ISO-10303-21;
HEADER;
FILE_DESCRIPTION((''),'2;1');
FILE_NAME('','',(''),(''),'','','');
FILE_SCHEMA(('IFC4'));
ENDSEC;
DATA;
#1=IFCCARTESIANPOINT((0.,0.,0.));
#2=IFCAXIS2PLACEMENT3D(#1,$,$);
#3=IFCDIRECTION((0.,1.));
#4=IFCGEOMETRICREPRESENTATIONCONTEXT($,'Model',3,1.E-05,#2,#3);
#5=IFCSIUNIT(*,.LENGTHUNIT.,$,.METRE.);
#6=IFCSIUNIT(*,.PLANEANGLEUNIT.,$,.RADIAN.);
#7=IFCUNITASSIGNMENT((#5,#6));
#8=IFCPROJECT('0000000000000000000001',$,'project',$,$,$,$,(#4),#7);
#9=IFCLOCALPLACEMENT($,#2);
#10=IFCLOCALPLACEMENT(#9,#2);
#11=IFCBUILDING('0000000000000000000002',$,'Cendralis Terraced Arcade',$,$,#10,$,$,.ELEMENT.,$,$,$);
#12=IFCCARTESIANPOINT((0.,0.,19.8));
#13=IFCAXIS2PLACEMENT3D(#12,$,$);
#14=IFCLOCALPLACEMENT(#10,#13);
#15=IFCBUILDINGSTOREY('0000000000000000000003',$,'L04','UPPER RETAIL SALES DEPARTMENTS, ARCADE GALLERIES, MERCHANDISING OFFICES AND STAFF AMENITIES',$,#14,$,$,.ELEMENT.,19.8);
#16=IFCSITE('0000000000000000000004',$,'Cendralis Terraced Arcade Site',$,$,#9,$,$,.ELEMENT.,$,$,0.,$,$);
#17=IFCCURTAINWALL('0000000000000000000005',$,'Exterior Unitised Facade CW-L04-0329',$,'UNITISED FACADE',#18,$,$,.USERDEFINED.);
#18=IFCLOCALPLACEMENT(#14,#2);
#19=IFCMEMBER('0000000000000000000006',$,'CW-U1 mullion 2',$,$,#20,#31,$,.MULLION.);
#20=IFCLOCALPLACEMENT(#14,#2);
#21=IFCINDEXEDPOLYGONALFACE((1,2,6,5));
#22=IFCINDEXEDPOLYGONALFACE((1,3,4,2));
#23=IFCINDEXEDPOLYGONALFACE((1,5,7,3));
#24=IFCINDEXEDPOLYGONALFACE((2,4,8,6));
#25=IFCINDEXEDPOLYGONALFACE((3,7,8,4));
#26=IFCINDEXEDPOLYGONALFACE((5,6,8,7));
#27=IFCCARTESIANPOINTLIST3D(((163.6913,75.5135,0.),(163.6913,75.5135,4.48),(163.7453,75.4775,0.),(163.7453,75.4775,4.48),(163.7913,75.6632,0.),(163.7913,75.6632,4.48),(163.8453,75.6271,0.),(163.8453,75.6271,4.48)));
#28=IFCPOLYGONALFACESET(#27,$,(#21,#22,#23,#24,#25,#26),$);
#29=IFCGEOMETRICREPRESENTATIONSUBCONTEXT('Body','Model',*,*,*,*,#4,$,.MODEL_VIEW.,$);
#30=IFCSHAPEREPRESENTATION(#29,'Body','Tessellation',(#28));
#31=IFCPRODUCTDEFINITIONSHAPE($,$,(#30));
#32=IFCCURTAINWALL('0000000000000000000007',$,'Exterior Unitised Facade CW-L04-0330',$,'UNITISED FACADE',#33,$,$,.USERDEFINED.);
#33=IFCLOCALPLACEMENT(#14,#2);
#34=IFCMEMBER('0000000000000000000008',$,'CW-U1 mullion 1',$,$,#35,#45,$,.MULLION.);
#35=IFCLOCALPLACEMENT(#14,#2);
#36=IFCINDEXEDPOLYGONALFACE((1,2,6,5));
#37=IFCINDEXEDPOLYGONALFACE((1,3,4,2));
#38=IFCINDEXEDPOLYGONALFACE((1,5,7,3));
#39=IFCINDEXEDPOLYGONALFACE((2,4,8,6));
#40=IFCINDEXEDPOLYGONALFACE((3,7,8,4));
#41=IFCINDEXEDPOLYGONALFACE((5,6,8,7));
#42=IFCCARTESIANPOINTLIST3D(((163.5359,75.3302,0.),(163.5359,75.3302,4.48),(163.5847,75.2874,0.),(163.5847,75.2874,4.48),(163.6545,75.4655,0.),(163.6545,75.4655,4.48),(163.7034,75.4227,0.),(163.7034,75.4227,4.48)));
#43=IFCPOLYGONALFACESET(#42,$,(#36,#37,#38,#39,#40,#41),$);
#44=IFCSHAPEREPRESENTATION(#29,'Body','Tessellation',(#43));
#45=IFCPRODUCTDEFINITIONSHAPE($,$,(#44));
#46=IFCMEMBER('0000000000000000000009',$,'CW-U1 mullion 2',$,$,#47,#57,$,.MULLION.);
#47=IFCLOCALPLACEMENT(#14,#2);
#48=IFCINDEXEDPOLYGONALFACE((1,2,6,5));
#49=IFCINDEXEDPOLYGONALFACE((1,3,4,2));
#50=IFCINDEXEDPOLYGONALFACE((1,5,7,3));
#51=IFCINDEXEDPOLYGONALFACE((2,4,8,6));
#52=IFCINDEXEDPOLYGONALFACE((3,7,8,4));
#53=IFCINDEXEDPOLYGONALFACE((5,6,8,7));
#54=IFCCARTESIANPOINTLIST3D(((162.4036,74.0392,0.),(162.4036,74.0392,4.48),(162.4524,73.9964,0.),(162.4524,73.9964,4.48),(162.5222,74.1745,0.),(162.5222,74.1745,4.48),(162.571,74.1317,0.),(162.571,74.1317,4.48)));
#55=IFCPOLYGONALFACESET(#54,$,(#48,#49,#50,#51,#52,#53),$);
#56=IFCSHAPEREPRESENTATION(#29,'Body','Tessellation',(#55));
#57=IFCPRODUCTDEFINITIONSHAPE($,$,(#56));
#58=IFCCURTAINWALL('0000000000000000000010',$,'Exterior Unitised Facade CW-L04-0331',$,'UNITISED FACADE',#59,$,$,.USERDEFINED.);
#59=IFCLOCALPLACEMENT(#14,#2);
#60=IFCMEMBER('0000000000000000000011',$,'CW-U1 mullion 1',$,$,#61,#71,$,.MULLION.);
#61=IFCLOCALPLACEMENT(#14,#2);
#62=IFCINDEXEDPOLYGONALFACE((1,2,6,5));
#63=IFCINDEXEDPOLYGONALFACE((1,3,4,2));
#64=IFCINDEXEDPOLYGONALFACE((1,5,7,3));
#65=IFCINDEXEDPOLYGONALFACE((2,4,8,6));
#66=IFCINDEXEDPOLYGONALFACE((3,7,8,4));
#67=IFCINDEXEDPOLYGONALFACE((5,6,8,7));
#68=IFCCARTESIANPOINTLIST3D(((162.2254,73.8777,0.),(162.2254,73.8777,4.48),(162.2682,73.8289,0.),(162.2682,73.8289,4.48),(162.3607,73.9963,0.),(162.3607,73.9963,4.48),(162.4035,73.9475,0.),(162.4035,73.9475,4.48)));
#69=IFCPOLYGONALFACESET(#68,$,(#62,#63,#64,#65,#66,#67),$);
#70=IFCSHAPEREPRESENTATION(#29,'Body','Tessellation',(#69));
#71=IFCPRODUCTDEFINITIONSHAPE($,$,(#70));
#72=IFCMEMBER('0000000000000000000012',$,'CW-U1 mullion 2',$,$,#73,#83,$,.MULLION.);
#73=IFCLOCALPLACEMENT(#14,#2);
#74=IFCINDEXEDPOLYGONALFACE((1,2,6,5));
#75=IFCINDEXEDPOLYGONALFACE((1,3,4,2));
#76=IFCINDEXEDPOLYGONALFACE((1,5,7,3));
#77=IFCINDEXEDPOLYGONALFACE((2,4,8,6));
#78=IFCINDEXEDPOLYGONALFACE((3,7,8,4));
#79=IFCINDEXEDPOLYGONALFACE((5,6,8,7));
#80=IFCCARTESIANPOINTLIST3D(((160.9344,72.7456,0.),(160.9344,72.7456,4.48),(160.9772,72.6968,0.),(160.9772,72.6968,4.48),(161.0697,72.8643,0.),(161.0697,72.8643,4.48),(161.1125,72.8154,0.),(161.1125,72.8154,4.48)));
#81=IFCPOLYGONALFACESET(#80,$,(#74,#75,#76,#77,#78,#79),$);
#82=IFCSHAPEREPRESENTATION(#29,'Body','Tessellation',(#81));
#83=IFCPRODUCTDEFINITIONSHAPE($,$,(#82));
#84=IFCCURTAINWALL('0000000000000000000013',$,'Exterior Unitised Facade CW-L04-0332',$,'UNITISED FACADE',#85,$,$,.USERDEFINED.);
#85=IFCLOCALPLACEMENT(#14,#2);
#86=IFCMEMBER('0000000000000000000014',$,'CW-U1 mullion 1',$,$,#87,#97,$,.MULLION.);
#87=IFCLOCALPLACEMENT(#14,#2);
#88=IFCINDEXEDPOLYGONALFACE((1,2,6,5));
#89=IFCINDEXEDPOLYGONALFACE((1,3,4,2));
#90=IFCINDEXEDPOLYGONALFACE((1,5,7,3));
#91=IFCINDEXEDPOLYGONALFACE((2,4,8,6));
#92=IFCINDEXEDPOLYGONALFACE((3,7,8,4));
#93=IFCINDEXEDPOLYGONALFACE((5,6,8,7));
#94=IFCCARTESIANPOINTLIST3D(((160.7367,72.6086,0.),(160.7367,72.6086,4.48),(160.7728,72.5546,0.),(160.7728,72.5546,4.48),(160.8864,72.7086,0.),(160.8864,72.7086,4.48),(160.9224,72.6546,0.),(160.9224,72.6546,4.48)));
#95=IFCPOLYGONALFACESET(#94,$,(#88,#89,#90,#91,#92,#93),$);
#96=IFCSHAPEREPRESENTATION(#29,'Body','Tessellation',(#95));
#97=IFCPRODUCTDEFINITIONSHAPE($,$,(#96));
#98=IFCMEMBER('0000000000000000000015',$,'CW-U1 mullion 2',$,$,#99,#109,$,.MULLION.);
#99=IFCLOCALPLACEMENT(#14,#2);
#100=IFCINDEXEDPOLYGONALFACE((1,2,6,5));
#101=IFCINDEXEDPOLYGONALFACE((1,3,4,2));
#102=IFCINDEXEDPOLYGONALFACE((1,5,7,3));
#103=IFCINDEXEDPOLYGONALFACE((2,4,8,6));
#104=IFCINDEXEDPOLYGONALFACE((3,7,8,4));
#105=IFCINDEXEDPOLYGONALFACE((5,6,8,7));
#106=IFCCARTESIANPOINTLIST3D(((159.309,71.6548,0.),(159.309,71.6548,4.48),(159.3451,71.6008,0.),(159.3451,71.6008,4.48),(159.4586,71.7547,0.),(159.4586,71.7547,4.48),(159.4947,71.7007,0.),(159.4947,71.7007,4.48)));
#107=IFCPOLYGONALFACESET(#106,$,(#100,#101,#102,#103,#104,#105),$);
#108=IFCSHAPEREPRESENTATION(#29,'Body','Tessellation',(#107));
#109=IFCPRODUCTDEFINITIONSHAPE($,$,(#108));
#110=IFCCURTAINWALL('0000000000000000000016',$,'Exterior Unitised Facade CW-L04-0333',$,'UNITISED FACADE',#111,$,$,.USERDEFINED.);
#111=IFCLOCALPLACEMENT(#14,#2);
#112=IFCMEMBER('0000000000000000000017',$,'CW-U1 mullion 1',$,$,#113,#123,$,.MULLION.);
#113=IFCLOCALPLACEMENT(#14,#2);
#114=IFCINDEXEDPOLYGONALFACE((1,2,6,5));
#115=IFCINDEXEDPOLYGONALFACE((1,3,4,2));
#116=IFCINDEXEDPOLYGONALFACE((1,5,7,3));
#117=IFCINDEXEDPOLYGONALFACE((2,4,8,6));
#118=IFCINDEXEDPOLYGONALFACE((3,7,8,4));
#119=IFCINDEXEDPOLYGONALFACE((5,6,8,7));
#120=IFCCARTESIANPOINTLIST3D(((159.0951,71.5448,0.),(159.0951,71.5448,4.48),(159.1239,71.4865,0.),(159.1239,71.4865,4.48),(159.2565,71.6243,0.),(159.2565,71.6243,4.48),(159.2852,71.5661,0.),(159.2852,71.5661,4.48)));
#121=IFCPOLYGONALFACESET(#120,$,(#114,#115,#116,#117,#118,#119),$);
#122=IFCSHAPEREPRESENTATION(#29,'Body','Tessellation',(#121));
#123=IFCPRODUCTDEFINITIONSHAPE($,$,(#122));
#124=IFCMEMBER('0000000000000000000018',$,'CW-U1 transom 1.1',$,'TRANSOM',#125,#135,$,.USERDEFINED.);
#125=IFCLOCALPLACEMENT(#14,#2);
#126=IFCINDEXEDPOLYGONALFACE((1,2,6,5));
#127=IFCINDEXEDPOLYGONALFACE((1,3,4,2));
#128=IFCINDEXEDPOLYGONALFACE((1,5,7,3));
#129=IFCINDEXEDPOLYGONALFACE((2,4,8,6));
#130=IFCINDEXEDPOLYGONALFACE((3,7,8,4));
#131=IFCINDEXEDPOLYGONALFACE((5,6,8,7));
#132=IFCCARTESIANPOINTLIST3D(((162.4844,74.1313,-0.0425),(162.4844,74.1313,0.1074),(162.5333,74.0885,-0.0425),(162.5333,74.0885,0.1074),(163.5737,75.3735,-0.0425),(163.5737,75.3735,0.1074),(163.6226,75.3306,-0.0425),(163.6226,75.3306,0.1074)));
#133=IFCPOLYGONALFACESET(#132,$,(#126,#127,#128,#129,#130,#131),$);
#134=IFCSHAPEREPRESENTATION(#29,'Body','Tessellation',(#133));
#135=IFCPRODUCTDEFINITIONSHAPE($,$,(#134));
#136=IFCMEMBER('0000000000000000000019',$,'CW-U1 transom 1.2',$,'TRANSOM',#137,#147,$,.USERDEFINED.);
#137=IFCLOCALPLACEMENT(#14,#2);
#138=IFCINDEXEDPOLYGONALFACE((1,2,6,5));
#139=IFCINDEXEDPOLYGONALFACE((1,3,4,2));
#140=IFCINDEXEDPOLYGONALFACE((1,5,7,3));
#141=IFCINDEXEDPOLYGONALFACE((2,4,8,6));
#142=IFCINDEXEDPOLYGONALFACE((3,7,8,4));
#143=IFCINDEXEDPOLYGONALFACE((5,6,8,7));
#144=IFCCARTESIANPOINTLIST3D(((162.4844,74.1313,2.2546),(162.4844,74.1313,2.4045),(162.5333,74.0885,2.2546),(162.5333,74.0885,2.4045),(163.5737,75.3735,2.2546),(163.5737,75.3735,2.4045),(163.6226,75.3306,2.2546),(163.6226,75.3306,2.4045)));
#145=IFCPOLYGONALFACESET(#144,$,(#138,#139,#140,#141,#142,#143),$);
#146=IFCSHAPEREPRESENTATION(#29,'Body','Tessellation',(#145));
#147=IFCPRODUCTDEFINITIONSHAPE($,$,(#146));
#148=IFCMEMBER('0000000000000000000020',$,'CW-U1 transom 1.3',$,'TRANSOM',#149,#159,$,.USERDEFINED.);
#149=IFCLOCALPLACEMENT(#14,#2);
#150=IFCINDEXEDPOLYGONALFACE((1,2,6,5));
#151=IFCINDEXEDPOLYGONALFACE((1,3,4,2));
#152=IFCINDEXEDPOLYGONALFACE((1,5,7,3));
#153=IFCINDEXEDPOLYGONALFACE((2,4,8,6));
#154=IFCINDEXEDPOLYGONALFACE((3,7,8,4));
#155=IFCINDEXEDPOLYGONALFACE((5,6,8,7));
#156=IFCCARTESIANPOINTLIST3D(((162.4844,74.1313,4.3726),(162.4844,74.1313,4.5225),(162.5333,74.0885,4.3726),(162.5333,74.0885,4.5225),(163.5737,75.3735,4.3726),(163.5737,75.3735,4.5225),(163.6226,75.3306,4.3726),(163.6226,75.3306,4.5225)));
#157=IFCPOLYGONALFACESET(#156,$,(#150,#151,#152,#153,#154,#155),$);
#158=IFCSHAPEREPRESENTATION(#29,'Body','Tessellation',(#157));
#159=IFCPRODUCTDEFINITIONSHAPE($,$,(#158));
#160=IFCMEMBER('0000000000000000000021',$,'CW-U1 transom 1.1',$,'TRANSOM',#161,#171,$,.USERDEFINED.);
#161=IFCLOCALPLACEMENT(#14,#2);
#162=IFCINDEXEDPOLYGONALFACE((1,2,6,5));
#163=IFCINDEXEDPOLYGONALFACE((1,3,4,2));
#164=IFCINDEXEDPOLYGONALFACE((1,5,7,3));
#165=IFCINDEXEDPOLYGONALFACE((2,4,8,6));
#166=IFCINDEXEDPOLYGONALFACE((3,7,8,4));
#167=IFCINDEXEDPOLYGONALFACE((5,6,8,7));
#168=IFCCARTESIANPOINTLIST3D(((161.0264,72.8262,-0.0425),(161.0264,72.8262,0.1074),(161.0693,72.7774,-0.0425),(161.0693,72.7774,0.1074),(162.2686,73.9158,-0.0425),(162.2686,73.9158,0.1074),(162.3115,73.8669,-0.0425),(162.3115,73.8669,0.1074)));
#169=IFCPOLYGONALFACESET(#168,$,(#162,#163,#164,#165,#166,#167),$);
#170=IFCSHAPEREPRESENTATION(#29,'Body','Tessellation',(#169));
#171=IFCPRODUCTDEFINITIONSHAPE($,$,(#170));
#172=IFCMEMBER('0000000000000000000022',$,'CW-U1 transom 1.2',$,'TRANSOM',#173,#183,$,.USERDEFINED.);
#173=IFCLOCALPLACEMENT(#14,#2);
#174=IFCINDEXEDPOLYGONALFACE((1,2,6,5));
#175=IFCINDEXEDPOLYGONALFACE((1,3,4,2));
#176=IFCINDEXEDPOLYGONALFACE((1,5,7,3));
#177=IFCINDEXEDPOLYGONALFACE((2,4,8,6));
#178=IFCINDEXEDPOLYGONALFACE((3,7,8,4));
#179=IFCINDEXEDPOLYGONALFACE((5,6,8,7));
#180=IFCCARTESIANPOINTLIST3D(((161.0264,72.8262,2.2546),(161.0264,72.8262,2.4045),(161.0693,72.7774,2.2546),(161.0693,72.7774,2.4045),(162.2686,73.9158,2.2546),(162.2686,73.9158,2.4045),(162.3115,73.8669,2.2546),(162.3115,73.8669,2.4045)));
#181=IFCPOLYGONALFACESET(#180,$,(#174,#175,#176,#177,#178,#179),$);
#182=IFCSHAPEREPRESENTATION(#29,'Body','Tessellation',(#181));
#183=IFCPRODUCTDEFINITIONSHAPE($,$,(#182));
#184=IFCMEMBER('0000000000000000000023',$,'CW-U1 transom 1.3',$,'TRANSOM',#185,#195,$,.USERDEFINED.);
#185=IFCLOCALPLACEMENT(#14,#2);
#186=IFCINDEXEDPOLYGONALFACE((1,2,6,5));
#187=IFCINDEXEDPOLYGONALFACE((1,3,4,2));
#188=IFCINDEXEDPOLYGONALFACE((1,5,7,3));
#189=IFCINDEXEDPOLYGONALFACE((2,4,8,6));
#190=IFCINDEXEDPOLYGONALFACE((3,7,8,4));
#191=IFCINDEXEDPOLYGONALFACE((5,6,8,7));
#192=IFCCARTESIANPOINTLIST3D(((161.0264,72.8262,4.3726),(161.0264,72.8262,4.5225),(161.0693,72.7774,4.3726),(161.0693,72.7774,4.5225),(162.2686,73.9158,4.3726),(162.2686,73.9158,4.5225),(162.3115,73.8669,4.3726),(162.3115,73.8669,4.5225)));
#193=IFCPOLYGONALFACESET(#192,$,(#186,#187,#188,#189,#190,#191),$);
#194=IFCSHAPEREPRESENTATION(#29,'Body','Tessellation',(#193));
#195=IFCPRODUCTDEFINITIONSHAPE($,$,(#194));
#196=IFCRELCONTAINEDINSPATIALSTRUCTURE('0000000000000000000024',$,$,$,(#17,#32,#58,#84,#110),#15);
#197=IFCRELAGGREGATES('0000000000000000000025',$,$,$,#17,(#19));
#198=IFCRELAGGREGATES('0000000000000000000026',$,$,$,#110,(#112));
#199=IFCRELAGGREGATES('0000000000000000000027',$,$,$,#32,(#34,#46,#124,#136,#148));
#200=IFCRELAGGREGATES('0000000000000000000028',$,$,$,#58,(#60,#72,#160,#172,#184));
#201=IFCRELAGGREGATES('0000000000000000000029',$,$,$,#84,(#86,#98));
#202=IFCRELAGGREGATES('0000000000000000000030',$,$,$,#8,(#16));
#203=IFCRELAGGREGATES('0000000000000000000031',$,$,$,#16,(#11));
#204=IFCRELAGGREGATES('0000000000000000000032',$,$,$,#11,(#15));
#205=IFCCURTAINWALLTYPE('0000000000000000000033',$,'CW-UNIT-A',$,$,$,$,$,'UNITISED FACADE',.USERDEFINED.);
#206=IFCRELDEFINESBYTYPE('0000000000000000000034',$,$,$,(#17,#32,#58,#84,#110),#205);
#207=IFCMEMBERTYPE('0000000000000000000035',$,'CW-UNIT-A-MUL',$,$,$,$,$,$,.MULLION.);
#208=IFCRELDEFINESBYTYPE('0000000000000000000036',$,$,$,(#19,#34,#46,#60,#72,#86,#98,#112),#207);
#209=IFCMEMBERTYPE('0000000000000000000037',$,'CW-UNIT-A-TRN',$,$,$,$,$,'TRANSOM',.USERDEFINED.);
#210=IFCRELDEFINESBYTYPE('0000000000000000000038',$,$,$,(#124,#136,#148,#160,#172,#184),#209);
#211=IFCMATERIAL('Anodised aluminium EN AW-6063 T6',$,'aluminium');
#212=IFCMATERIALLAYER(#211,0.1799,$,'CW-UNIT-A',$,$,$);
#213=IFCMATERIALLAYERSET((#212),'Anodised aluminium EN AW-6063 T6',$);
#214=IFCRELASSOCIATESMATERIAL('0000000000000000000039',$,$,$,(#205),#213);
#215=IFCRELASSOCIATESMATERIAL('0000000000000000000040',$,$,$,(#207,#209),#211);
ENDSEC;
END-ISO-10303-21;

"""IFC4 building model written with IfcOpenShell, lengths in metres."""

from ifc_helpers import new_model, si_unit, direction, frame, origin, origin_2d, place, context, subcontext, project, spatial, rectangle, extrude, material, layer, layer_set, material_profile, profile_set, type_object, element, aggregate, save


model = new_model("IFC4")

# Units and contexts
model_context = context("Model", 3, precision=1e-05, world=origin(), true_north=direction((0.0, 1.0)))
body_context = subcontext(model_context, "Body", "Model", "MODEL_VIEW")
ifc_project = project(units=[si_unit("LENGTHUNIT", "METRE"), si_unit("PLANEANGLEUNIT", "RADIAN")], contexts=[model_context])

# Site, building, storey
site_placement = place(None, origin())
site = spatial("IfcSite", under=ifc_project, at=site_placement, Name="Cendralis Terraced Arcade Site", CompositionType="ELEMENT", RefElevation=0.0)
building_placement = place(site_placement, origin())
building = spatial("IfcBuilding", under=site, at=building_placement, Name="Cendralis Terraced Arcade", CompositionType="ELEMENT")
storey_placement = place(building_placement, frame((0.0, 0.0, 19.8)))
storey = spatial("IfcBuildingStorey", under=building, at=storey_placement, Name="L04", Description="UPPER RETAIL SALES DEPARTMENTS, ARCADE GALLERIES, MERCHANDISING OFFICES AND STAFF AMENITIES", CompositionType="ELEMENT", Elevation=19.8)

# Curtain wall, member
ifc_material_1 = material(Name="Anodised aluminium EN AW-6063 T6", Category="aluminium")
ifc_layer_1 = layer(ifc_material_1, 0.1799, Name="CW-UNIT-A")
ifc_layer_set_1 = layer_set([ifc_layer_1], Name="Anodised aluminium EN AW-6063 T6")
curtain_wall_type = type_object("IfcCurtainWallType", Name="CW-UNIT-A", ElementType="UNITISED FACADE", PredefinedType="USERDEFINED", material=ifc_layer_set_1)
curtain_wall_1_placement = place(storey_placement, origin())
curtain_wall_1 = element("IfcCurtainWall", 1, at=curtain_wall_1_placement, inside=storey, type_object=curtain_wall_type, Name="Exterior Unitised Facade CW-L04-0329", ObjectType="UNITISED FACADE", PredefinedType="USERDEFINED")
ifc_material_profile_1 = material_profile(ifc_material_1, rectangle(XDim=0.0649, YDim=0.1799, at=origin_2d()), Name="ALU-MUL-65x180")
ifc_profile_set_1 = profile_set([ifc_material_profile_1], Name="Anodised aluminium EN AW-6063 T6")
member_type_1 = type_object("IfcMemberType", Name="CW-UNIT-A-MUL", PredefinedType="MULLION", material=ifc_profile_set_1)
member_1_placement = place(storey_placement, frame((163.7683, 75.5703, 0.0), z_axis=(0.0, 0.0, 1.0), x_axis=(0.831471, -0.555567, 0.0)))
member_1 = element("IfcMember", 2, at=member_1_placement, type_object=member_type_1, Name="CW-U1 mullion 2", PredefinedType="MULLION", context=body_context, shape_type="SweptSolid", body=[
    extrude(rectangle(XDim=0.0649, YDim=0.1799, at=origin_2d()), origin(), (0.0, 0.0, 1.0), 4.48),
])
aggregate(curtain_wall_1, [member_1])

# Curtain walls, members
curtain_wall_2_placement = place(storey_placement, origin())
curtain_wall_2 = element("IfcCurtainWall", 3, at=curtain_wall_2_placement, inside=storey, type_object=curtain_wall_type, Name="Exterior Unitised Facade CW-L04-0330", ObjectType="UNITISED FACADE", PredefinedType="USERDEFINED")
member_2_placement = place(storey_placement, frame((163.6196, 75.3765, 0.0), z_axis=(0.0, 0.0, 1.0), x_axis=(0.751804, -0.659386, 0.0)))
member_2 = element("IfcMember", 4, at=member_2_placement, type_object=member_type_1, Name="CW-U1 mullion 1", PredefinedType="MULLION", context=body_context, shape_type="SweptSolid", body=[
    extrude(rectangle(XDim=0.0649, YDim=0.1799, at=origin_2d()), origin(), (0.0, 0.0, 1.0), 4.48),
])
member_3_placement = place(storey_placement, frame((162.4873, 74.0854, 0.0), z_axis=(0.0, 0.0, 1.0), x_axis=(0.751804, -0.659386, 0.0)))
member_3 = element("IfcMember", 5, at=member_3_placement, type_object=member_type_1, Name="CW-U1 mullion 2", PredefinedType="MULLION", context=body_context, shape_type="SweptSolid", body=[
    extrude(rectangle(XDim=0.0649, YDim=0.1799, at=origin_2d()), origin(), (0.0, 0.0, 1.0), 4.48),
])
curtain_wall_3_placement = place(storey_placement, origin())
curtain_wall_3 = element("IfcCurtainWall", 6, at=curtain_wall_3_placement, inside=storey, type_object=curtain_wall_type, Name="Exterior Unitised Facade CW-L04-0331", ObjectType="UNITISED FACADE", PredefinedType="USERDEFINED")
member_4_placement = place(storey_placement, frame((162.3145, 73.9126, 0.0), z_axis=(0.0, 0.0, 1.0), x_axis=(0.659386, -0.751804, 0.0)))
member_4 = element("IfcMember", 7, at=member_4_placement, type_object=member_type_1, Name="CW-U1 mullion 1", PredefinedType="MULLION", context=body_context, shape_type="SweptSolid", body=[
    extrude(rectangle(XDim=0.0649, YDim=0.1799, at=origin_2d()), origin(), (0.0, 0.0, 1.0), 4.48),
])
member_5_placement = place(storey_placement, frame((161.0234, 72.7805, 0.0), z_axis=(0.0, 0.0, 1.0), x_axis=(0.659386, -0.751804, 0.0)))
member_5 = element("IfcMember", 8, at=member_5_placement, type_object=member_type_1, Name="CW-U1 mullion 2", PredefinedType="MULLION", context=body_context, shape_type="SweptSolid", body=[
    extrude(rectangle(XDim=0.0649, YDim=0.1799, at=origin_2d()), origin(), (0.0, 0.0, 1.0), 4.48),
])
curtain_wall_4_placement = place(storey_placement, origin())
curtain_wall_4 = element("IfcCurtainWall", 9, at=curtain_wall_4_placement, inside=storey, type_object=curtain_wall_type, Name="Exterior Unitised Facade CW-L04-0332", ObjectType="UNITISED FACADE", PredefinedType="USERDEFINED")
member_6_placement = place(storey_placement, frame((160.8296, 72.6316, 0.0), z_axis=(0.0, 0.0, 1.0), x_axis=(0.555567, -0.831471, 0.0)))
member_6 = element("IfcMember", 10, at=member_6_placement, type_object=member_type_1, Name="CW-U1 mullion 1", PredefinedType="MULLION", context=body_context, shape_type="SweptSolid", body=[
    extrude(rectangle(XDim=0.0649, YDim=0.1799, at=origin_2d()), origin(), (0.0, 0.0, 1.0), 4.48),
])
member_7_placement = place(storey_placement, frame((159.4019, 71.6777, 0.0), z_axis=(0.0, 0.0, 1.0), x_axis=(0.555567, -0.831471, 0.0)))
member_7 = element("IfcMember", 11, at=member_7_placement, type_object=member_type_1, Name="CW-U1 mullion 2", PredefinedType="MULLION", context=body_context, shape_type="SweptSolid", body=[
    extrude(rectangle(XDim=0.0649, YDim=0.1799, at=origin_2d()), origin(), (0.0, 0.0, 1.0), 4.48),
])

# Curtain wall, member
curtain_wall_5_placement = place(storey_placement, origin())
curtain_wall_5 = element("IfcCurtainWall", 12, at=curtain_wall_5_placement, inside=storey, type_object=curtain_wall_type, Name="Exterior Unitised Facade CW-L04-0333", ObjectType="UNITISED FACADE", PredefinedType="USERDEFINED")
member_8_placement = place(storey_placement, frame((159.1902, 71.5554, 0.0), z_axis=(0.0, 0.0, 1.0), x_axis=(0.442291, -0.896871, 0.0)))
member_8 = element("IfcMember", 13, at=member_8_placement, type_object=member_type_1, Name="CW-U1 mullion 1", PredefinedType="MULLION", context=body_context, shape_type="SweptSolid", body=[
    extrude(rectangle(XDim=0.0649, YDim=0.1799, at=origin_2d()), origin(), (0.0, 0.0, 1.0), 4.48),
])

# Members
ifc_material_profile_2 = material_profile(ifc_material_1, rectangle(XDim=0.0649, YDim=0.1499, at=origin_2d()), Name="ALU-TRN-65x150")
ifc_profile_set_2 = profile_set([ifc_material_profile_2], Name="Anodised aluminium EN AW-6063 T6")
member_type_2 = type_object("IfcMemberType", Name="CW-UNIT-A-TRN", ElementType="TRANSOM", PredefinedType="USERDEFINED", material=ifc_profile_set_2)
member_9_placement = place(storey_placement, frame((163.5981, 75.3521, 0.0325), z_axis=(-0.659341, -0.751844, 0.0), x_axis=(0.751844, -0.659341, 0.0)))
member_9 = element("IfcMember", 14, at=member_9_placement, type_object=member_type_2, Name="CW-U1 transom 1.1", ObjectType="TRANSOM", PredefinedType="USERDEFINED", context=body_context, shape_type="SweptSolid", body=[
    extrude(rectangle(XDim=0.0649, YDim=0.1499, at=origin_2d()), origin(), (0.0, 0.0, 1.0), 1.6521),
])
member_10_placement = place(storey_placement, frame((163.5981, 75.3521, 2.3296), z_axis=(-0.659341, -0.751844, 0.0), x_axis=(0.751844, -0.659341, 0.0)))
member_10 = element("IfcMember", 15, at=member_10_placement, type_object=member_type_2, Name="CW-U1 transom 1.2", ObjectType="TRANSOM", PredefinedType="USERDEFINED", context=body_context, shape_type="SweptSolid", body=[
    extrude(rectangle(XDim=0.0649, YDim=0.1499, at=origin_2d()), origin(), (0.0, 0.0, 1.0), 1.6521),
])
member_11_placement = place(storey_placement, frame((163.5981, 75.3521, 4.4475), z_axis=(-0.659341, -0.751844, 0.0), x_axis=(0.751844, -0.659341, 0.0)))
member_11 = element("IfcMember", 16, at=member_11_placement, type_object=member_type_2, Name="CW-U1 transom 1.3", ObjectType="TRANSOM", PredefinedType="USERDEFINED", context=body_context, shape_type="SweptSolid", body=[
    extrude(rectangle(XDim=0.0649, YDim=0.1499, at=origin_2d()), origin(), (0.0, 0.0, 1.0), 1.6521),
])
member_12_placement = place(storey_placement, frame((162.29, 73.8914, 0.0325), z_axis=(-0.751771, -0.659425, 0.0), x_axis=(0.659425, -0.751771, 0.0)))
member_12 = element("IfcMember", 17, at=member_12_placement, type_object=member_type_2, Name="CW-U1 transom 1.1", ObjectType="TRANSOM", PredefinedType="USERDEFINED", context=body_context, shape_type="SweptSolid", body=[
    extrude(rectangle(XDim=0.0649, YDim=0.1499, at=origin_2d()), origin(), (0.0, 0.0, 1.0), 1.6523),
])
member_13_placement = place(storey_placement, frame((162.29, 73.8914, 2.3296), z_axis=(-0.751771, -0.659425, 0.0), x_axis=(0.659425, -0.751771, 0.0)))
member_13 = element("IfcMember", 18, at=member_13_placement, type_object=member_type_2, Name="CW-U1 transom 1.2", ObjectType="TRANSOM", PredefinedType="USERDEFINED", context=body_context, shape_type="SweptSolid", body=[
    extrude(rectangle(XDim=0.0649, YDim=0.1499, at=origin_2d()), origin(), (0.0, 0.0, 1.0), 1.6523),
])
member_14_placement = place(storey_placement, frame((162.29, 73.8914, 4.4475), z_axis=(-0.751771, -0.659425, 0.0), x_axis=(0.659425, -0.751771, 0.0)))
member_14 = element("IfcMember", 19, at=member_14_placement, type_object=member_type_2, Name="CW-U1 transom 1.3", ObjectType="TRANSOM", PredefinedType="USERDEFINED", context=body_context, shape_type="SweptSolid", body=[
    extrude(rectangle(XDim=0.0649, YDim=0.1499, at=origin_2d()), origin(), (0.0, 0.0, 1.0), 1.6523),
])
aggregate(curtain_wall_5, [member_8])

aggregate(curtain_wall_2, [member_2, member_3, member_9, member_10, member_11])
aggregate(curtain_wall_3, [member_4, member_5, member_12, member_13, member_14])
aggregate(curtain_wall_4, [member_6, member_7])

save(model, "model.ifc")
